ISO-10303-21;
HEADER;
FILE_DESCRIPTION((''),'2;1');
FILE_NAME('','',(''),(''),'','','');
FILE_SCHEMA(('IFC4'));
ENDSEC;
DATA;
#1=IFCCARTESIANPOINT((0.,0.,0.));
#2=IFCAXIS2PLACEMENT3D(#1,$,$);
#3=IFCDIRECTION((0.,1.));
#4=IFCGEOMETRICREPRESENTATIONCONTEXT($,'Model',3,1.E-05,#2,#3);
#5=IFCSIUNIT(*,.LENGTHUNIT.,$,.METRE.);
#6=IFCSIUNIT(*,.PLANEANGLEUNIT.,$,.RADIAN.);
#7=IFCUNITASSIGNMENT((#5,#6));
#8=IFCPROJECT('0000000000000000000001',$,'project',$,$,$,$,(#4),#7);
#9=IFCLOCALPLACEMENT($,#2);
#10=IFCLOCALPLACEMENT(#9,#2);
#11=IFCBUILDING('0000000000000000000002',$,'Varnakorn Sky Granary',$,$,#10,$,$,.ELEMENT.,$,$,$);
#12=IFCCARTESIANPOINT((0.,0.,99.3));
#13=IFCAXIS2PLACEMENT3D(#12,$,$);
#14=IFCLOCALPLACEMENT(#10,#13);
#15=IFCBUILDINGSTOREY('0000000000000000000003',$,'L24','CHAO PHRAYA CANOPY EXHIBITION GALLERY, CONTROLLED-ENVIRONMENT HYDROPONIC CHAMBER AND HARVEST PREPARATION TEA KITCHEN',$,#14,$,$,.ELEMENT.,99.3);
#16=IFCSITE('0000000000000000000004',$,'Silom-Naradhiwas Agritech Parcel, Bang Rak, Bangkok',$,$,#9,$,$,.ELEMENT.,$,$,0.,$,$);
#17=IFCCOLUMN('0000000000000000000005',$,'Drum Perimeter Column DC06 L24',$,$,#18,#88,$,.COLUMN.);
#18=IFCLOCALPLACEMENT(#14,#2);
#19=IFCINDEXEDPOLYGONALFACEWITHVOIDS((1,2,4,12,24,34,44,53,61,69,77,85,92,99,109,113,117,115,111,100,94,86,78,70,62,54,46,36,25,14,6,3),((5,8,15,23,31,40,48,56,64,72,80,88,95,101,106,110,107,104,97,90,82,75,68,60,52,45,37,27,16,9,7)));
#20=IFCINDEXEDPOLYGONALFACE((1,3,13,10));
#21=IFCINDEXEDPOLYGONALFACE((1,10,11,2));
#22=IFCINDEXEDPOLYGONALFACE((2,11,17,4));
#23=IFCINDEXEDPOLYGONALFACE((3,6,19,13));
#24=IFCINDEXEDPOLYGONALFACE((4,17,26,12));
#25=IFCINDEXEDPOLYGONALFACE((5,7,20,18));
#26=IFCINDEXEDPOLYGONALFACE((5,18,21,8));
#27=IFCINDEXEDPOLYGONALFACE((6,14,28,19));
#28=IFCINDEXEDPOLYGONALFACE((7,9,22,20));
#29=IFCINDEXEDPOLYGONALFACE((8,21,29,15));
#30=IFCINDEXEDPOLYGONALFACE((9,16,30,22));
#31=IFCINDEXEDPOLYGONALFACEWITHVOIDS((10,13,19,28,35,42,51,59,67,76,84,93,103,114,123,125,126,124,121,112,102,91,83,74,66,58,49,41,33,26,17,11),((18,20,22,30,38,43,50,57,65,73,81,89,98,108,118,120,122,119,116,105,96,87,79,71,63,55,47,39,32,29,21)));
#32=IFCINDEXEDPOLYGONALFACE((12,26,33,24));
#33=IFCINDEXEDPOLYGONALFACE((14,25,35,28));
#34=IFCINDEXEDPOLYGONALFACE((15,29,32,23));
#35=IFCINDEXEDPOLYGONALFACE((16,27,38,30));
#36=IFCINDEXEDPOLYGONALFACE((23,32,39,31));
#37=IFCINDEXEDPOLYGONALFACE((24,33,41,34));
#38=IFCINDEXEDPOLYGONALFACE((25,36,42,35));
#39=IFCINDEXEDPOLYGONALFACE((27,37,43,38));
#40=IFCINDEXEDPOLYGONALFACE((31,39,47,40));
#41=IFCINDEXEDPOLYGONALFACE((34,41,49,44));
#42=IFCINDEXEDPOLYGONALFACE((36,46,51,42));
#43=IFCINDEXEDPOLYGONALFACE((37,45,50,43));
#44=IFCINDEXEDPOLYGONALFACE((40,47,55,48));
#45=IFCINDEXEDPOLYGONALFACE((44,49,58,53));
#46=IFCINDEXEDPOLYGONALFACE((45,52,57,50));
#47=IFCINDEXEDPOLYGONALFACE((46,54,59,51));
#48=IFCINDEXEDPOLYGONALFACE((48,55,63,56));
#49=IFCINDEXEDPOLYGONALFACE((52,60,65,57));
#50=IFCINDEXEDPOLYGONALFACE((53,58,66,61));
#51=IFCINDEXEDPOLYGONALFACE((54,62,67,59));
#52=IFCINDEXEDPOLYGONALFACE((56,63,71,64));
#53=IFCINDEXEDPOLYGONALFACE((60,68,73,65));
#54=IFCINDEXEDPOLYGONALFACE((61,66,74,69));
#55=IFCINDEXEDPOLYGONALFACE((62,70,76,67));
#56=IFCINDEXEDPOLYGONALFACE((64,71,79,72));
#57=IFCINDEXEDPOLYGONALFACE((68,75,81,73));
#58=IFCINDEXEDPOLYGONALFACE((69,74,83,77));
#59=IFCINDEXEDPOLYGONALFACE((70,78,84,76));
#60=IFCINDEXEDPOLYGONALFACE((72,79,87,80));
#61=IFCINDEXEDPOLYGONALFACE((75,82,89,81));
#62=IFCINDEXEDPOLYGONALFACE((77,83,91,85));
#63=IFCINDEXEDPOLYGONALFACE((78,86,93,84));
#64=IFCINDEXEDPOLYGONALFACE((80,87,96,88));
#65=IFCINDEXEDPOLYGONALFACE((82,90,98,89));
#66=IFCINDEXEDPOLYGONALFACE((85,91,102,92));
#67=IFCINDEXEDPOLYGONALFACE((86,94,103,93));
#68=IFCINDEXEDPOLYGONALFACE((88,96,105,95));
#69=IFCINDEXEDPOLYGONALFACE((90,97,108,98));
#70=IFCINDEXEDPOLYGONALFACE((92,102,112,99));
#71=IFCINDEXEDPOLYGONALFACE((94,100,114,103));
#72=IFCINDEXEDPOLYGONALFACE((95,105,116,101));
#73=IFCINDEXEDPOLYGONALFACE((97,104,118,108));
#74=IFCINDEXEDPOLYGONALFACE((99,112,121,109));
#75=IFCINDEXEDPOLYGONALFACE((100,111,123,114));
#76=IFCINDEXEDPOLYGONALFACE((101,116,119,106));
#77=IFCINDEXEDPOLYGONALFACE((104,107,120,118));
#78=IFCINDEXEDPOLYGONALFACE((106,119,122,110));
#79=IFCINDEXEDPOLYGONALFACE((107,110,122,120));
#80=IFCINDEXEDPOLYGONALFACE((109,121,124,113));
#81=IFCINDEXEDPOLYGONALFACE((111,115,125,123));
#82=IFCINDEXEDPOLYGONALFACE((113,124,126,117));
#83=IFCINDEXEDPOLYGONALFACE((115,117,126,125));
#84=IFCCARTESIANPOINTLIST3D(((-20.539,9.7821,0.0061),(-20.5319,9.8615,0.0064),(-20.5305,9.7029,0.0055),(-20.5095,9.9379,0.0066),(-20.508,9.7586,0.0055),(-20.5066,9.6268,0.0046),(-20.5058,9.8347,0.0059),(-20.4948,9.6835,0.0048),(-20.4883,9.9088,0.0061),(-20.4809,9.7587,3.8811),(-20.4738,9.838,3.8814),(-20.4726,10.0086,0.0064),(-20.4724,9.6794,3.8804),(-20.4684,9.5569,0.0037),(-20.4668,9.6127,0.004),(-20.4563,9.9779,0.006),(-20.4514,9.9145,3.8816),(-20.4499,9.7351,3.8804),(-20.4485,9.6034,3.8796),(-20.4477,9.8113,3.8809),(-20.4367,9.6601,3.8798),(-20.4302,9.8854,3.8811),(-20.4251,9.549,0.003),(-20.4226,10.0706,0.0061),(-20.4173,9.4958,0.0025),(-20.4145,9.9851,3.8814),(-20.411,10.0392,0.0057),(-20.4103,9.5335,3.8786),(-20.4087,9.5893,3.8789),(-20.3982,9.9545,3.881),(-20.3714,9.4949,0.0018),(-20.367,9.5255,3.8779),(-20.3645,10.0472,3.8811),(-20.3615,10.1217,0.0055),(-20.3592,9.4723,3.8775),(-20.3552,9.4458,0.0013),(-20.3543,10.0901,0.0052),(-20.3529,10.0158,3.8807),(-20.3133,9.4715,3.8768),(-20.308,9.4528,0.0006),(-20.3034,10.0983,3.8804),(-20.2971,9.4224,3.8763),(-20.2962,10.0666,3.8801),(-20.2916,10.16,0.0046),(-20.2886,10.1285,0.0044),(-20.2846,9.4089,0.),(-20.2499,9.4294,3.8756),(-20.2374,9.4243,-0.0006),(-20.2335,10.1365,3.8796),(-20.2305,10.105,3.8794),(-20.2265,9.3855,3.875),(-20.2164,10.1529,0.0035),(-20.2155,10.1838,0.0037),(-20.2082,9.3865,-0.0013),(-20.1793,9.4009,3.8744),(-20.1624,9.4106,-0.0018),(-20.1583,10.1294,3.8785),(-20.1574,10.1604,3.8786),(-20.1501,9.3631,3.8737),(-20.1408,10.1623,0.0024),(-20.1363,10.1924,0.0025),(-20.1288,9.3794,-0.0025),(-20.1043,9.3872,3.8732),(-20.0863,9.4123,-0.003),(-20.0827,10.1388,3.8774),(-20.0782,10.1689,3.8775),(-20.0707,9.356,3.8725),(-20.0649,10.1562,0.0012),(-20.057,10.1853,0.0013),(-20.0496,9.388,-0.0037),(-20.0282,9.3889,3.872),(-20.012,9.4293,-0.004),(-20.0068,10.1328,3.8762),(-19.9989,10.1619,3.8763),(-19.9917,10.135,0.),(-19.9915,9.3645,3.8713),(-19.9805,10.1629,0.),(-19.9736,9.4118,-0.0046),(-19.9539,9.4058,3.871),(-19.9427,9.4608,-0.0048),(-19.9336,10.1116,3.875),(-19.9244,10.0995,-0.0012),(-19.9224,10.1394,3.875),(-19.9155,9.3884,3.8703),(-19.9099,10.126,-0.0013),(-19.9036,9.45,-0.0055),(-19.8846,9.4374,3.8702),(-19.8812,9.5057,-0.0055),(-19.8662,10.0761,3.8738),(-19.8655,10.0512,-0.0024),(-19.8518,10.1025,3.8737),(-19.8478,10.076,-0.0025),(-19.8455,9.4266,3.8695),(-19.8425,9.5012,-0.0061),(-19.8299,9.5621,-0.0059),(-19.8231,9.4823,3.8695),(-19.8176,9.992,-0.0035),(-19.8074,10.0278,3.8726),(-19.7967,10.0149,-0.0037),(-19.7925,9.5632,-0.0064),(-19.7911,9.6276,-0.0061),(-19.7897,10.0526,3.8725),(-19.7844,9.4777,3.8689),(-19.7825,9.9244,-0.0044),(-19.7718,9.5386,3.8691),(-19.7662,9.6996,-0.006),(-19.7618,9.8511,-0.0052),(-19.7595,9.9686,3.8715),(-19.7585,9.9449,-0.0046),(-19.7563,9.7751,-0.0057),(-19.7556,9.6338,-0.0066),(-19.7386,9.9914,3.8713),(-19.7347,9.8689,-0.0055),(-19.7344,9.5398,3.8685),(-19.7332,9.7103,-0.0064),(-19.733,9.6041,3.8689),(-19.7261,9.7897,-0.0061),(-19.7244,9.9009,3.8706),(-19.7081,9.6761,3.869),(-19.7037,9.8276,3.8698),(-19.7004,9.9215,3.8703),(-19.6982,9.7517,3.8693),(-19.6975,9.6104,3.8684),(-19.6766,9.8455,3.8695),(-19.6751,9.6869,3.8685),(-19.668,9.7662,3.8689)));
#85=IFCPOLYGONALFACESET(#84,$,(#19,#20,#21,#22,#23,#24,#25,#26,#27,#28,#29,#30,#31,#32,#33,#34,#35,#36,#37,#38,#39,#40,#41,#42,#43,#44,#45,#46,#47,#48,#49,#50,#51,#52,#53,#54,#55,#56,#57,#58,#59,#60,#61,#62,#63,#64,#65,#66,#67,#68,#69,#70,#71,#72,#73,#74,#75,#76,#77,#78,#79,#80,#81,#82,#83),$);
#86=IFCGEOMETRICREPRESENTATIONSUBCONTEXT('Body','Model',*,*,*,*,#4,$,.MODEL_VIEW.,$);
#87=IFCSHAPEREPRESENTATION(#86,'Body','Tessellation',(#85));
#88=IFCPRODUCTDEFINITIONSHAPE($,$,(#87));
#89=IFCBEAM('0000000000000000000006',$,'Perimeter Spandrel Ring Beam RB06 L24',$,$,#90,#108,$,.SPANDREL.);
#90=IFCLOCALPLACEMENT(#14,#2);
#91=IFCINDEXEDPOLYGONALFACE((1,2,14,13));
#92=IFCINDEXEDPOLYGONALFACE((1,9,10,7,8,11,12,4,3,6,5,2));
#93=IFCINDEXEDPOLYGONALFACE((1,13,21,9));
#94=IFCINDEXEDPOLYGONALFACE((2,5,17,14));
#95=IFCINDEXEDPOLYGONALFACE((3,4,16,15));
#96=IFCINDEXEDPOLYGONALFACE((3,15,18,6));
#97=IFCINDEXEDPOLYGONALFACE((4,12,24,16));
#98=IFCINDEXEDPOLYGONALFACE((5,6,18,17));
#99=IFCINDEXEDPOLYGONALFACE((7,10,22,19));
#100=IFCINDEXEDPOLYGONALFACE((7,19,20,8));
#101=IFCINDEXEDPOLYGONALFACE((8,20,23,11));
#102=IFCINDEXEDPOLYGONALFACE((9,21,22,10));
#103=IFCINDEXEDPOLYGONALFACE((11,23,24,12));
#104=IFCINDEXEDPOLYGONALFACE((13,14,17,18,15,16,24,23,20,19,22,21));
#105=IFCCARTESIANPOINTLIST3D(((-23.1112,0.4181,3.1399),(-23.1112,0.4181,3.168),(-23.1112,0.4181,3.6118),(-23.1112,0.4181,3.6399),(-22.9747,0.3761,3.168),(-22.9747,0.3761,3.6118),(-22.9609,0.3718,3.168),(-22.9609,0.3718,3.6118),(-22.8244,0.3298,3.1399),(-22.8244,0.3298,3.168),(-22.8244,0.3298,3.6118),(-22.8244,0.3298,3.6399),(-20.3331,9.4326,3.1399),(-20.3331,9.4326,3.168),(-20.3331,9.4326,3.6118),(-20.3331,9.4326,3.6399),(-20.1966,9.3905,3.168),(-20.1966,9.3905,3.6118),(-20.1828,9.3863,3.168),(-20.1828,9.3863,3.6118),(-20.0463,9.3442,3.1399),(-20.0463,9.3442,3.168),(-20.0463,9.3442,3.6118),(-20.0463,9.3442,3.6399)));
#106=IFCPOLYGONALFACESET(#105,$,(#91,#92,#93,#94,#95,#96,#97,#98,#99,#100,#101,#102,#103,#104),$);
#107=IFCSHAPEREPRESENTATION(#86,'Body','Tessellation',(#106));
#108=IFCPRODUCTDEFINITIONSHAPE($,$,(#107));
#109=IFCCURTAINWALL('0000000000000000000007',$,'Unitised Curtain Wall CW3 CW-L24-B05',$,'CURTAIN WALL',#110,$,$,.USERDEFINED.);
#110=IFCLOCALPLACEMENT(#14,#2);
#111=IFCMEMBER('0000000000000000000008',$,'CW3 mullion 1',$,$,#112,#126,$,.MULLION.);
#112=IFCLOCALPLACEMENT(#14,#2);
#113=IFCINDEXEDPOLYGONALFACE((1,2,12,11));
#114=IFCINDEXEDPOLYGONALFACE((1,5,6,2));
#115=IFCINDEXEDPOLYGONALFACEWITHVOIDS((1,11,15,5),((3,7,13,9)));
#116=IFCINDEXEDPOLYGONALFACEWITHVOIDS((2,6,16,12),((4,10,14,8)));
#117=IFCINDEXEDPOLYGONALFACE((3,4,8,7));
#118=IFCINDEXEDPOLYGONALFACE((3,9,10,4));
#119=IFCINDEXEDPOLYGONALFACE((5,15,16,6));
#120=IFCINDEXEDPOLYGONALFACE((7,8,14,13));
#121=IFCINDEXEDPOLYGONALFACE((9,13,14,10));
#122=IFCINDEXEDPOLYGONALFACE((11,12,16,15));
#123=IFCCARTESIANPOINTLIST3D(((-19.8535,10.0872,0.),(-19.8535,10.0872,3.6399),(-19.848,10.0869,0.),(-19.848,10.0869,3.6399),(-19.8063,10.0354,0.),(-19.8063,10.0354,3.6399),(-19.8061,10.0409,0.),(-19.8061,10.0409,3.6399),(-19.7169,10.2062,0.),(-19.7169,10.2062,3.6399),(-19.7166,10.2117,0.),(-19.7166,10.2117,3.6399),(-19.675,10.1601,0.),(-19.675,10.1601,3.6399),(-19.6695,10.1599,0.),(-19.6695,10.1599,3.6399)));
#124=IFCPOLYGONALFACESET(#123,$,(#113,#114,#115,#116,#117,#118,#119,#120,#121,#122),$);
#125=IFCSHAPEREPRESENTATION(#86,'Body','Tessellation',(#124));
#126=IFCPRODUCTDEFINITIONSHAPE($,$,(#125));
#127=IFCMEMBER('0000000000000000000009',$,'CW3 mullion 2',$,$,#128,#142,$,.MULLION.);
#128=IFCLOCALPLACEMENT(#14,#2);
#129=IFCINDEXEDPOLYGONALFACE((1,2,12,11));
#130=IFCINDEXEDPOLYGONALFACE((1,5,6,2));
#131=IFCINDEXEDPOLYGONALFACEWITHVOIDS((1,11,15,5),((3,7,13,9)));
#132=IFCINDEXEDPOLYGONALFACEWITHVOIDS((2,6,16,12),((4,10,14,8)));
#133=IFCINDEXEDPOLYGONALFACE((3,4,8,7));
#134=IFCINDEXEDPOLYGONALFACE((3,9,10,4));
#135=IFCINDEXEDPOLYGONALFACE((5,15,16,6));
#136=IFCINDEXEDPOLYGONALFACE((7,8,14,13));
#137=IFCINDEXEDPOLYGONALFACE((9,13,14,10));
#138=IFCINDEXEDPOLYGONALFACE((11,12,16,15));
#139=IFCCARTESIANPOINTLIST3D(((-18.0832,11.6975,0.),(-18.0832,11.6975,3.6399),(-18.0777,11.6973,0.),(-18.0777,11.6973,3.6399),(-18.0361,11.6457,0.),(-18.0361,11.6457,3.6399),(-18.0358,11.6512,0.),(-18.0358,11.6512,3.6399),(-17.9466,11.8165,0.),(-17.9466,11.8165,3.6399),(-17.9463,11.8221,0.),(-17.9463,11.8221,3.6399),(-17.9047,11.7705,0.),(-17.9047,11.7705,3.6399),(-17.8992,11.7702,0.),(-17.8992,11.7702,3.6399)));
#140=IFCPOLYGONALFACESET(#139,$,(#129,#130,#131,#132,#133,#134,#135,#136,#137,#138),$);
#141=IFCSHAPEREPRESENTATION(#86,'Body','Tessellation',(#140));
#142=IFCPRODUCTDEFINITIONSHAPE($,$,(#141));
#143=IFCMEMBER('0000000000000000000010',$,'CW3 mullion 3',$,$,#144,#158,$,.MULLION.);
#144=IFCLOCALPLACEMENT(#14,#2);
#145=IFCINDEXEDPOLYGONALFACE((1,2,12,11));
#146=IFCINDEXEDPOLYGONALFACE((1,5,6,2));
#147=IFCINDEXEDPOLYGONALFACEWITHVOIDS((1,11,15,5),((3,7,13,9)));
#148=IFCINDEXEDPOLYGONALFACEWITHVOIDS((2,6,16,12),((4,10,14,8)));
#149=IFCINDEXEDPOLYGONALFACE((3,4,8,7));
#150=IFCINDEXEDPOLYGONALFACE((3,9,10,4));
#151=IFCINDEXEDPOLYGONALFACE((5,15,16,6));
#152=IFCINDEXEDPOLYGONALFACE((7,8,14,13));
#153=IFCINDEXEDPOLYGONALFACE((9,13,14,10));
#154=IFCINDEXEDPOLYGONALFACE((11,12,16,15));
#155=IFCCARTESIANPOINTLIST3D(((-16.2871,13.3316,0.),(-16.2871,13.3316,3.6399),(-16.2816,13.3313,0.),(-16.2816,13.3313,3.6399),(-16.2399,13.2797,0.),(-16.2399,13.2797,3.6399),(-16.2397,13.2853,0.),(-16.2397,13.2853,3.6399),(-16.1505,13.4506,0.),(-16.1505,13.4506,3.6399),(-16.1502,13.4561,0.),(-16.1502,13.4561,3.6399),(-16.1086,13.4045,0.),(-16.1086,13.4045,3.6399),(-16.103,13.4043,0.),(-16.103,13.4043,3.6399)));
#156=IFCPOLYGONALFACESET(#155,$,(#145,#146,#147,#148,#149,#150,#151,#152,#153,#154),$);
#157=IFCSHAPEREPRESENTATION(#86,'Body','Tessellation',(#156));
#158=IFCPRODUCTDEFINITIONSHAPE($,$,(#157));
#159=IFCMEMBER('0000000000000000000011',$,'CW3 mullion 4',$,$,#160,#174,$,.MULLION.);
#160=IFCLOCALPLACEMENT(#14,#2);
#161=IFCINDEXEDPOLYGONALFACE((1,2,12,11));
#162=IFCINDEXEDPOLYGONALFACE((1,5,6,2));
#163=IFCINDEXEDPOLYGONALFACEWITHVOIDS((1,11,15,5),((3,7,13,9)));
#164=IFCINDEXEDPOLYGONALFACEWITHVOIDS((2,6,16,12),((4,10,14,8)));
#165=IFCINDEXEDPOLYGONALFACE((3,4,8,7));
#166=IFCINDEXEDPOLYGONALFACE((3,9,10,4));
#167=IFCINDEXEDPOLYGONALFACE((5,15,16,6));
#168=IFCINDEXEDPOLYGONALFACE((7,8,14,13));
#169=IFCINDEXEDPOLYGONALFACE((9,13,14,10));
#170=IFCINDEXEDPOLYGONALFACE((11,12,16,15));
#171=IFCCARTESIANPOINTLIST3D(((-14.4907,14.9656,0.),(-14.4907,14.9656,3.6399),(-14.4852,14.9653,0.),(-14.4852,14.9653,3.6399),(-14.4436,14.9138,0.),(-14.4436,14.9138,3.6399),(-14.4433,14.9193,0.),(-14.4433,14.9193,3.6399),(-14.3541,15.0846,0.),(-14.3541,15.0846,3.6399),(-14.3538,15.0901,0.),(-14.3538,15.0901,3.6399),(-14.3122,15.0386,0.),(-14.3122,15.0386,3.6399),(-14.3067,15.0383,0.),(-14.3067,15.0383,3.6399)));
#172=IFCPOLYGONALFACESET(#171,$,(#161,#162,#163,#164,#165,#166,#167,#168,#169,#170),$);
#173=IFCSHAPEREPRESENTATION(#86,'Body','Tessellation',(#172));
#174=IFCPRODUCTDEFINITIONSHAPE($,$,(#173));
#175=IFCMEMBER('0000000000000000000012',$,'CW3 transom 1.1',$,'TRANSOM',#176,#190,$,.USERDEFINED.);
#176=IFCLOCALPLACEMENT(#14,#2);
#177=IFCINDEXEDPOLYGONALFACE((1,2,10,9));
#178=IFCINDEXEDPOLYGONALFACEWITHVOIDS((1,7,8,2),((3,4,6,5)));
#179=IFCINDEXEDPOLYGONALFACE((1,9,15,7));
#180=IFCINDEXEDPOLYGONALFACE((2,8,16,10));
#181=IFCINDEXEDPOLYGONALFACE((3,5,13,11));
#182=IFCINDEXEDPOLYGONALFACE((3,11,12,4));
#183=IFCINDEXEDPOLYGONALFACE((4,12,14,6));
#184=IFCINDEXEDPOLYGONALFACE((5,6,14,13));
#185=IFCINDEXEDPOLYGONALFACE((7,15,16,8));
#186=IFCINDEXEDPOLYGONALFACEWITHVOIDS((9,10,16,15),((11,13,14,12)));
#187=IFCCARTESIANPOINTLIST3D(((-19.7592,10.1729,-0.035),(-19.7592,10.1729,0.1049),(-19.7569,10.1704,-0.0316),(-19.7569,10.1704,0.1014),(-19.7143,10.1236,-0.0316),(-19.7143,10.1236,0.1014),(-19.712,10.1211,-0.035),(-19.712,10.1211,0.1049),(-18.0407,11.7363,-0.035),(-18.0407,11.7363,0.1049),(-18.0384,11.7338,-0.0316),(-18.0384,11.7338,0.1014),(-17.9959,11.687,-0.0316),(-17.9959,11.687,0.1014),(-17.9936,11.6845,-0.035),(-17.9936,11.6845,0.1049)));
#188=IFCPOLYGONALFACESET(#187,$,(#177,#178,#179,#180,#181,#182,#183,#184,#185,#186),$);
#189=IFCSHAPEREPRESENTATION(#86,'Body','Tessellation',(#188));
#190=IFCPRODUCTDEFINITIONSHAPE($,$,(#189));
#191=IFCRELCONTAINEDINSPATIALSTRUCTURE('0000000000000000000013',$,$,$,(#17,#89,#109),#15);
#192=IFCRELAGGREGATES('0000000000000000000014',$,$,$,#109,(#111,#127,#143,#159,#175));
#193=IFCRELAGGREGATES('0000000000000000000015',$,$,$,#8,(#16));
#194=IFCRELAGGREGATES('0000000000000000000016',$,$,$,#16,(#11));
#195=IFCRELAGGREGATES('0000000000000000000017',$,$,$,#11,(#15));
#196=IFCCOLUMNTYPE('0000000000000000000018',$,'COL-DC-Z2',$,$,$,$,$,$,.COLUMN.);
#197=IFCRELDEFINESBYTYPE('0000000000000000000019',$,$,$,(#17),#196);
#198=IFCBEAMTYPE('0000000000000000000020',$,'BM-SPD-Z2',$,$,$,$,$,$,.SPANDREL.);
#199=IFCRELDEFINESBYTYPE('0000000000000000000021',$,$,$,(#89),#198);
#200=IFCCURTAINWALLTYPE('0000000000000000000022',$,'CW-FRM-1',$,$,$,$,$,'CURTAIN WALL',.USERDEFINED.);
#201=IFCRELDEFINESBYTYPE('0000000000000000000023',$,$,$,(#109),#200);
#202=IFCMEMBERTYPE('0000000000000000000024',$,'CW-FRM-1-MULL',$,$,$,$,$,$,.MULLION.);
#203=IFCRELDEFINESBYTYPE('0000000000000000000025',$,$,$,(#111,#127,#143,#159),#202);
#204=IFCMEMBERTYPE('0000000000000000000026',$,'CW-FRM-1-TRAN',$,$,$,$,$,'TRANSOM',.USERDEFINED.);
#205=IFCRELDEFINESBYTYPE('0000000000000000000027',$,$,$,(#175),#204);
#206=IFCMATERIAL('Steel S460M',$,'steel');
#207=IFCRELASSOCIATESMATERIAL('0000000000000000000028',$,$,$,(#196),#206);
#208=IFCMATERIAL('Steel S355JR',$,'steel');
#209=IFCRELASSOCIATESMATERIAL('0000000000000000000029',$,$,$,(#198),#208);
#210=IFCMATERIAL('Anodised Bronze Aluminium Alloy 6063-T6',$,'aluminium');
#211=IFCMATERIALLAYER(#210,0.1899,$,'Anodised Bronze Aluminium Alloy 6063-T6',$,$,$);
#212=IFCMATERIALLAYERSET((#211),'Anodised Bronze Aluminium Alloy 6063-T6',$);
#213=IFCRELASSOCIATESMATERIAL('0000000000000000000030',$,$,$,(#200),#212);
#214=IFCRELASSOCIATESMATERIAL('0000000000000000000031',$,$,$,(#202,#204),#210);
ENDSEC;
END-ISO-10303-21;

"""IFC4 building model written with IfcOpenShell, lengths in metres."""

from ifc_helpers import new_model, si_unit, direction, frame, origin, origin_2d, place, context, subcontext, project, spatial, hollow_rectangle, hollow_circle, i_section, extrude, material, layer, layer_set, material_profile, profile_set, type_object, element, aggregate, save


model = new_model("IFC4")

# Units and contexts
model_context = context("Model", 3, precision=1e-05, world=origin(), true_north=direction((0.0, 1.0)))
body_context = subcontext(model_context, "Body", "Model", "MODEL_VIEW")
ifc_project = project(units=[si_unit("LENGTHUNIT", "METRE"), si_unit("PLANEANGLEUNIT", "RADIAN")], contexts=[model_context])

# Site, building, storey
site_placement = place(None, origin())
site = spatial("IfcSite", under=ifc_project, at=site_placement, Name="Silom-Naradhiwas Agritech Parcel, Bang Rak, Bangkok", CompositionType="ELEMENT", RefElevation=0.0)
building_placement = place(site_placement, origin())
building = spatial("IfcBuilding", under=site, at=building_placement, Name="Varnakorn Sky Granary", CompositionType="ELEMENT")
storey_placement = place(building_placement, frame((0.0, 0.0, 99.3)))
storey = spatial("IfcBuildingStorey", under=building, at=storey_placement, Name="L24", Description="CHAO PHRAYA CANOPY EXHIBITION GALLERY, CONTROLLED-ENVIRONMENT HYDROPONIC CHAMBER AND HARVEST PREPARATION TEA KITCHEN", CompositionType="ELEMENT", Elevation=99.3)

# Column
ifc_material_1 = material(Name="Steel S460M", Category="steel")
ifc_material_profile_1 = material_profile(ifc_material_1, hollow_circle(Radius=0.4065, WallThickness=0.03, at=origin_2d()), Name="CHS 813x30")
ifc_profile_set_1 = profile_set([ifc_material_profile_1], Name="Steel S460M")
column_type = type_object("IfcColumnType", Name="COL-DC-Z2", PredefinedType="COLUMN", material=ifc_profile_set_1)
column_placement = place(storey_placement, frame((-20.1326, 9.7859, 0.0), z_axis=(0.014993, -0.006048, 0.999869), x_axis=(0.374076, 0.927398, 0.0)))
element("IfcColumn", 1, at=column_placement, inside=storey, type_object=column_type, Name="Drum Perimeter Column DC06 L24", PredefinedType="COLUMN", context=body_context, shape_type="SweptSolid", body=[
    extrude(hollow_circle(Radius=0.4065, WallThickness=0.03, at=origin_2d()), origin(), (0.0, 0.0, 1.0), 3.8755),
])

# Beam
ifc_material_2 = material(Name="Steel S355JR", Category="steel")
ifc_material_profile_2 = material_profile(ifc_material_2, i_section(OverallWidth=0.3, OverallDepth=0.5, WebThickness=0.0144, FlangeThickness=0.0281, at=origin_2d()), Name="HE 500 B")
ifc_profile_set_2 = profile_set([ifc_material_profile_2], Name="Steel S355JR")
beam_type = type_object("IfcBeamType", Name="BM-SPD-Z2", PredefinedType="SPANDREL", material=ifc_profile_set_2)
beam_placement = place(storey_placement, frame((-20.1897, 9.3884, 3.3899), z_axis=(-0.294513, -0.955647, 0.0), x_axis=(0.955647, -0.294513, 0.0)))
element("IfcBeam", 2, at=beam_placement, inside=storey, type_object=beam_type, Name="Perimeter Spandrel Ring Beam RB06 L24", PredefinedType="SPANDREL", context=body_context, shape_type="SweptSolid", body=[
    extrude(i_section(OverallWidth=0.3, OverallDepth=0.5, WebThickness=0.0144, FlangeThickness=0.0281, at=origin_2d()), origin(), (0.0, 0.0, 1.0), 9.4329),
])

# Curtain wall, members
ifc_material_3 = material(Name="Anodised Bronze Aluminium Alloy 6063-T6", Category="aluminium")
ifc_layer_1 = layer(ifc_material_3, 0.1899, Name="Anodised Bronze Aluminium Alloy 6063-T6")
ifc_layer_set_1 = layer_set([ifc_layer_1], Name="Anodised Bronze Aluminium Alloy 6063-T6")
curtain_wall_type = type_object("IfcCurtainWallType", Name="CW-FRM-1", ElementType="CURTAIN WALL", PredefinedType="USERDEFINED", material=ifc_layer_set_1)
curtain_wall_placement = place(storey_placement, origin())
curtain_wall = element("IfcCurtainWall", 3, at=curtain_wall_placement, inside=storey, type_object=curtain_wall_type, Name="Unitised Curtain Wall CW3 CW-L24-B05", ObjectType="CURTAIN WALL", PredefinedType="USERDEFINED")
ifc_material_profile_3 = material_profile(ifc_material_3, hollow_rectangle(XDim=0.0701, YDim=0.1851, WallThickness=0.0039, at=origin_2d()), Name="ALU MULL 70x185")
ifc_profile_set_3 = profile_set([ifc_material_profile_3], Name="Anodised Bronze Aluminium Alloy 6063-T6")
member_type_1 = type_object("IfcMemberType", Name="CW-FRM-1-MULL", PredefinedType="MULLION", material=ifc_profile_set_3)
member_1_placement = place(storey_placement, frame((-19.7615, 10.1235, 0.0), z_axis=(0.0, 0.0, 1.0), x_axis=(-0.672919, 0.739716, 0.0)))
member_1 = element("IfcMember", 4, at=member_1_placement, type_object=member_type_1, Name="CW3 mullion 1", PredefinedType="MULLION", context=body_context, shape_type="SweptSolid", body=[
    extrude(hollow_rectangle(XDim=0.0701, YDim=0.1851, WallThickness=0.0039, at=origin_2d()), origin(), (0.0, 0.0, 1.0), 3.6399),
])
member_2_placement = place(storey_placement, frame((-17.9912, 11.7339, 0.0), z_axis=(0.0, 0.0, 1.0), x_axis=(-0.672919, 0.739716, 0.0)))
member_2 = element("IfcMember", 5, at=member_2_placement, type_object=member_type_1, Name="CW3 mullion 2", PredefinedType="MULLION", context=body_context, shape_type="SweptSolid", body=[
    extrude(hollow_rectangle(XDim=0.0701, YDim=0.1851, WallThickness=0.0039, at=origin_2d()), origin(), (0.0, 0.0, 1.0), 3.6399),
])
member_3_placement = place(storey_placement, frame((-16.1951, 13.3679, 0.0), z_axis=(0.0, 0.0, 1.0), x_axis=(-0.672919, 0.739716, 0.0)))
member_3 = element("IfcMember", 6, at=member_3_placement, type_object=member_type_1, Name="CW3 mullion 3", PredefinedType="MULLION", context=body_context, shape_type="SweptSolid", body=[
    extrude(hollow_rectangle(XDim=0.0701, YDim=0.1851, WallThickness=0.0039, at=origin_2d()), origin(), (0.0, 0.0, 1.0), 3.6399),
])
member_4_placement = place(storey_placement, frame((-14.3987, 15.002, 0.0), z_axis=(0.0, 0.0, 1.0), x_axis=(-0.672919, 0.739716, 0.0)))
member_4 = element("IfcMember", 7, at=member_4_placement, type_object=member_type_1, Name="CW3 mullion 4", PredefinedType="MULLION", context=body_context, shape_type="SweptSolid", body=[
    extrude(hollow_rectangle(XDim=0.0701, YDim=0.1851, WallThickness=0.0039, at=origin_2d()), origin(), (0.0, 0.0, 1.0), 3.6399),
])
ifc_material_profile_4 = material_profile(ifc_material_3, hollow_rectangle(XDim=0.0701, YDim=0.1399, WallThickness=0.0034, at=origin_2d()), Name="ALU TRAN 70x140")
ifc_profile_set_4 = profile_set([ifc_material_profile_4], Name="Anodised Bronze Aluminium Alloy 6063-T6")
member_type_2 = type_object("IfcMemberType", Name="CW-FRM-1-TRAN", ElementType="TRANSOM", PredefinedType="USERDEFINED", material=ifc_profile_set_4)
member_5_placement = place(storey_placement, frame((-19.7356, 10.147, 0.0349), z_axis=(0.739683, 0.672955, 0.0), x_axis=(-0.672955, 0.739683, 0.0)))
member_5 = element("IfcMember", 8, at=member_5_placement, type_object=member_type_2, Name="CW3 transom 1.1", ObjectType="TRANSOM", PredefinedType="USERDEFINED", context=body_context, shape_type="SweptSolid", body=[
    extrude(hollow_rectangle(XDim=0.0701, YDim=0.1399, WallThickness=0.0034, at=origin_2d()), origin(), (0.0, 0.0, 1.0), 2.3232),
])
aggregate(curtain_wall, [member_1, member_2, member_3, member_4, member_5])

save(model, "model.ifc")
